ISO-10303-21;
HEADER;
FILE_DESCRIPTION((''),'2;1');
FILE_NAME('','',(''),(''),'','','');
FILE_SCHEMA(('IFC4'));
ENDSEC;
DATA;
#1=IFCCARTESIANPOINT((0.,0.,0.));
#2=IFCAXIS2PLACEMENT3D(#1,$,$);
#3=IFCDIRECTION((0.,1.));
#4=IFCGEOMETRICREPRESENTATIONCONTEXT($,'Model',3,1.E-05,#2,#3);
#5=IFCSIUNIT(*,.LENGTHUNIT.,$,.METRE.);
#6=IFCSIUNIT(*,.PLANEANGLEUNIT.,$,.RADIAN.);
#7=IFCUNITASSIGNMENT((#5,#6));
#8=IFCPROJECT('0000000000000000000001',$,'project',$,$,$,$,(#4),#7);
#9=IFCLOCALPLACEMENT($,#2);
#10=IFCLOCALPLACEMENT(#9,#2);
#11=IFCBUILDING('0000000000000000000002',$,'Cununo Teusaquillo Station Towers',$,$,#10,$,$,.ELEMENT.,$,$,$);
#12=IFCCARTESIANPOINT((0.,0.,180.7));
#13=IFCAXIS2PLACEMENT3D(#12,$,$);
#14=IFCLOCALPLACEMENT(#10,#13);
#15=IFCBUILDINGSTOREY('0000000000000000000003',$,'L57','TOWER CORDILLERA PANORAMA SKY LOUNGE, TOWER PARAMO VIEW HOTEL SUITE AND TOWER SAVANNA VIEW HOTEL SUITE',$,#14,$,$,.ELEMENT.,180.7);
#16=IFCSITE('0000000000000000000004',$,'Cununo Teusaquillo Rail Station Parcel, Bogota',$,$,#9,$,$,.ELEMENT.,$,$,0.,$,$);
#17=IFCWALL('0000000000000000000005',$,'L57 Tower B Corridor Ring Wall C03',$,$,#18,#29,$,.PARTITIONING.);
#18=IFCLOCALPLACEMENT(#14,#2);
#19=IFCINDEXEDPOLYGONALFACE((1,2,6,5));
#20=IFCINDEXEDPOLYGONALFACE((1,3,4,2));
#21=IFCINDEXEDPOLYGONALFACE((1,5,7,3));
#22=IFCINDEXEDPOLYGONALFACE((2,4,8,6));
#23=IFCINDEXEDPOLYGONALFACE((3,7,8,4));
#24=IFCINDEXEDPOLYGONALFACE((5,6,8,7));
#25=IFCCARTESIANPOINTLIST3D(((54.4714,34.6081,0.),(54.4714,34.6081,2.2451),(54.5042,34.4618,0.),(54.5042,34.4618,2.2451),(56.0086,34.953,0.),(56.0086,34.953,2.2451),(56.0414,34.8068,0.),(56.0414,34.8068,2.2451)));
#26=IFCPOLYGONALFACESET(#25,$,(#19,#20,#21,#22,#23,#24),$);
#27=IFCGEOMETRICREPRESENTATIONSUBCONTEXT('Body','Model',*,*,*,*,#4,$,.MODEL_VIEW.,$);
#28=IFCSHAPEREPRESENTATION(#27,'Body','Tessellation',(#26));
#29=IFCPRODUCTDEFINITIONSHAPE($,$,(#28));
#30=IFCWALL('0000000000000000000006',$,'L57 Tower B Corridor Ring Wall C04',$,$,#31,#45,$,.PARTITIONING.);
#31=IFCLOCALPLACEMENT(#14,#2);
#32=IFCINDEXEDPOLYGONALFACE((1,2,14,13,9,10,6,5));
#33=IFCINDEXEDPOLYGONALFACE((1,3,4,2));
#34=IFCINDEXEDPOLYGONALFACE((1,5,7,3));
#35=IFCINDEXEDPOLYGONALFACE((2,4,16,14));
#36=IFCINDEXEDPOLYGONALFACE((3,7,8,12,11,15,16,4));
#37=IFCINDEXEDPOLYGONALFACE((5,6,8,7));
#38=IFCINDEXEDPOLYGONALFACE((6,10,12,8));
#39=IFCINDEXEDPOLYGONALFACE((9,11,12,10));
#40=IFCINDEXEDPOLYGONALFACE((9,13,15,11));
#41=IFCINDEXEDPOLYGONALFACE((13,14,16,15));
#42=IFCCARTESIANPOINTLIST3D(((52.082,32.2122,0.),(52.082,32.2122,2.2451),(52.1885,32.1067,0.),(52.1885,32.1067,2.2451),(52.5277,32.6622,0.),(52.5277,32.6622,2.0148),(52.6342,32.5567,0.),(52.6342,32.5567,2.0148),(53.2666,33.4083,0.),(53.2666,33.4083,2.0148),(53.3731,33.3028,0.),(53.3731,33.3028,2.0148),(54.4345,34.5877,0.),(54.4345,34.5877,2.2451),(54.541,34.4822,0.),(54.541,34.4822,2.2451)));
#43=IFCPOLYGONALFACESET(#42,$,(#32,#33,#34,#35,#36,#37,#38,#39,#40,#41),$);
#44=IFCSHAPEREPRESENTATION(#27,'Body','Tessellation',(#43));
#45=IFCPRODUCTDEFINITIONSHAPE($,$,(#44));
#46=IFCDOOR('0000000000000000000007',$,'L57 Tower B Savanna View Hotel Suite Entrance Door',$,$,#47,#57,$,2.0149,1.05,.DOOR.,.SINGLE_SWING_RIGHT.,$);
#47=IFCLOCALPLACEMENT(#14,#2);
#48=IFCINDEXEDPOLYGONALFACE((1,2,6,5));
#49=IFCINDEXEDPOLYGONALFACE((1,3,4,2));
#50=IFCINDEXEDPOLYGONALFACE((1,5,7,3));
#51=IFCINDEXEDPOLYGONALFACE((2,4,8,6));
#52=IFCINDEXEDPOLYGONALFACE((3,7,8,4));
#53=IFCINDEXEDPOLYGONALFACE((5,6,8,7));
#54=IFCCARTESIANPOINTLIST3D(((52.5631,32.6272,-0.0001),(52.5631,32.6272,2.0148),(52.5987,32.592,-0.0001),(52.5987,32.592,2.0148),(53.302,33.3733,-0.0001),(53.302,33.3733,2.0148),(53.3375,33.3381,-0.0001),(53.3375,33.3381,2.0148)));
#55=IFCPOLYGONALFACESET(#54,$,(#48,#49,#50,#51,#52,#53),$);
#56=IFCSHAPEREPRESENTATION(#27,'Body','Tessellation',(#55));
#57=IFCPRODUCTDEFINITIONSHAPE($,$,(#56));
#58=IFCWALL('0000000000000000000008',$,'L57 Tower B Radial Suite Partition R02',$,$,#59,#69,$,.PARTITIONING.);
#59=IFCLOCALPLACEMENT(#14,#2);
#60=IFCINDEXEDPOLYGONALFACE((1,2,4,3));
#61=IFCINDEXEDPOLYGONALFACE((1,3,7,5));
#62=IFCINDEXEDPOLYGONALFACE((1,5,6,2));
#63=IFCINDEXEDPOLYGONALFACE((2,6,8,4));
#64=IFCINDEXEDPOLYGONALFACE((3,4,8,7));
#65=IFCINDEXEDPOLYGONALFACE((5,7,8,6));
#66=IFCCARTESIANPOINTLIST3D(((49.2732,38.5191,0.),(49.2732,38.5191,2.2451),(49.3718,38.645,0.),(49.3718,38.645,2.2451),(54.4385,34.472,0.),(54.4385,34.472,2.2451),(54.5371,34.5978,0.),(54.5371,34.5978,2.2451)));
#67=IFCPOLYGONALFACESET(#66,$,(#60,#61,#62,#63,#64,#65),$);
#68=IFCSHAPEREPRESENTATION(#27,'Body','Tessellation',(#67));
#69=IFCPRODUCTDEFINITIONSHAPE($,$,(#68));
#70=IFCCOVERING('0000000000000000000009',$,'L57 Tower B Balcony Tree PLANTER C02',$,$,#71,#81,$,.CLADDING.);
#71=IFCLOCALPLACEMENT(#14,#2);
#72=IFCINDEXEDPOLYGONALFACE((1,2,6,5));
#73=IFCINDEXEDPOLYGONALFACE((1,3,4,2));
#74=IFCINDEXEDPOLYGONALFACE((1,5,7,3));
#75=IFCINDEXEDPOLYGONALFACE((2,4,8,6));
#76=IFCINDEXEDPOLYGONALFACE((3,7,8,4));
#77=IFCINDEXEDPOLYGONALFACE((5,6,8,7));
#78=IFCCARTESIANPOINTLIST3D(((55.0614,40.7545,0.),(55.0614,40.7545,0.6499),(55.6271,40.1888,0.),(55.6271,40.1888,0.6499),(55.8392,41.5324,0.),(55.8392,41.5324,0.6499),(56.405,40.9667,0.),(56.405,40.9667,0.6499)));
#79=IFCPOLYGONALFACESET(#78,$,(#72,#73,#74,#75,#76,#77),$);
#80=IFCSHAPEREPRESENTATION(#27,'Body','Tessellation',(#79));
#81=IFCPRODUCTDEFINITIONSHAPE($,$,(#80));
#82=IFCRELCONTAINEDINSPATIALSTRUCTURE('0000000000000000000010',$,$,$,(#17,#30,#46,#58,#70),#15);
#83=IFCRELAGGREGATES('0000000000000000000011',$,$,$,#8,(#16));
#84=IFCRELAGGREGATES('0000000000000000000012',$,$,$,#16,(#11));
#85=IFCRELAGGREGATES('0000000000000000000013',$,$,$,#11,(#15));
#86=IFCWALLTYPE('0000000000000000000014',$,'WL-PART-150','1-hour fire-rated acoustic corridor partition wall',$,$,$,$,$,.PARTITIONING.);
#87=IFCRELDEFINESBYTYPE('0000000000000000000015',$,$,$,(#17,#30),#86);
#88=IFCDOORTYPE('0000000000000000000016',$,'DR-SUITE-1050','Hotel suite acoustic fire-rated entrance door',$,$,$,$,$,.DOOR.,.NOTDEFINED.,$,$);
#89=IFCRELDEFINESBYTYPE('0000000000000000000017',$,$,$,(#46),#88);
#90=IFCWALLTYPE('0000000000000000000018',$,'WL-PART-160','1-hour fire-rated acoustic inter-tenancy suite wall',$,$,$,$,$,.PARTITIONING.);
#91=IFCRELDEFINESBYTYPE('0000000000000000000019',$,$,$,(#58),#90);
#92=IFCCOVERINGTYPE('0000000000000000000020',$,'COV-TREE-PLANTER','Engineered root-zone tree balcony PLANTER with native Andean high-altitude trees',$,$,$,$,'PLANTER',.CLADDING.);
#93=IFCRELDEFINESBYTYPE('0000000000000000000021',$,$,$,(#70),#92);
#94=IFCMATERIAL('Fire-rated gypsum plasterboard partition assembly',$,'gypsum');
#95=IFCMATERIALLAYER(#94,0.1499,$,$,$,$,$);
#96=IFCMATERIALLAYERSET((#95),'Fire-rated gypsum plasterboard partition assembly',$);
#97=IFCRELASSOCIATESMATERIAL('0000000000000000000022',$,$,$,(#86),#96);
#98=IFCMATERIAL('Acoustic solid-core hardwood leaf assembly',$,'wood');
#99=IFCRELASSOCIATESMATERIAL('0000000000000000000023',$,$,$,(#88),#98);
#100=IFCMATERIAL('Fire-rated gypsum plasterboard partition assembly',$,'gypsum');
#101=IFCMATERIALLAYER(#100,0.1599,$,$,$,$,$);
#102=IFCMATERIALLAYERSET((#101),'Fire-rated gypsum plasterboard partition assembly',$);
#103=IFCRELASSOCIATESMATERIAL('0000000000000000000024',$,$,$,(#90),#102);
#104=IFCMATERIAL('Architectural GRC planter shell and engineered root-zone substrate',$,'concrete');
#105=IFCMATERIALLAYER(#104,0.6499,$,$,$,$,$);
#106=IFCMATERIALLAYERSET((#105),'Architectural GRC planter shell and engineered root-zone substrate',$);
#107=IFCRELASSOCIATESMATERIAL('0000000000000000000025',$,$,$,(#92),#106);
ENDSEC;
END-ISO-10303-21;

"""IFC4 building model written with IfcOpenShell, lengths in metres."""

from ifc_helpers import new_model, si_unit, direction, frame, frame_2d, origin, origin_2d, place, context, subcontext, project, spatial, rectangle, extrude, source, transform, mapped, material, layer, layer_set, type_object, element, fill, save


model = new_model("IFC4")

# Units and contexts
model_context = context("Model", 3, precision=1e-05, world=origin(), true_north=direction((0.0, 1.0)))
body_context = subcontext(model_context, "Body", "Model", "MODEL_VIEW")
ifc_project = project(units=[si_unit("LENGTHUNIT", "METRE"), si_unit("PLANEANGLEUNIT", "RADIAN")], contexts=[model_context])

# Site, building, storey
site_placement = place(None, origin())
site = spatial("IfcSite", under=ifc_project, at=site_placement, Name="Cununo Teusaquillo Rail Station Parcel, Bogota", CompositionType="ELEMENT", RefElevation=0.0)
building_placement = place(site_placement, origin())
building = spatial("IfcBuilding", under=site, at=building_placement, Name="Cununo Teusaquillo Station Towers", CompositionType="ELEMENT")
storey_placement = place(building_placement, frame((0.0, 0.0, 180.7)))
storey = spatial("IfcBuildingStorey", under=building, at=storey_placement, Name="L57", Description="TOWER CORDILLERA PANORAMA SKY LOUNGE, TOWER PARAMO VIEW HOTEL SUITE AND TOWER SAVANNA VIEW HOTEL SUITE", CompositionType="ELEMENT", Elevation=180.7)

# Wall
ifc_material_1 = material(Name="Fire-rated gypsum plasterboard partition assembly", Category="gypsum")
ifc_layer_1 = layer(ifc_material_1, 0.1499)
ifc_layer_set_1 = layer_set([ifc_layer_1], Name="Fire-rated gypsum plasterboard partition assembly")
wall_type_1 = type_object("IfcWallType", Name="WL-PART-150", Description="1-hour fire-rated acoustic corridor partition wall", PredefinedType="PARTITIONING", material=ifc_layer_set_1)
wall_1_placement = place(storey_placement, frame((56.0249, 34.8799, 0.0), z_axis=(0.0, 0.0, 1.0), x_axis=(-0.975729, -0.218981, 0.0)))
element("IfcWall", 1, at=wall_1_placement, inside=storey, type_object=wall_type_1, Name="L57 Tower B Corridor Ring Wall C03", PredefinedType="PARTITIONING", context=body_context, shape_type="SweptSolid", body=[
    extrude(rectangle(XDim=1.5754, YDim=0.1499, at=frame_2d((0.7876, 0.0))), origin(), (0.0, 0.0, 1.0), 2.2451),
])

# Wall, opening, door
wall_2_placement = place(storey_placement, frame((54.4878, 34.5349, 0.0), z_axis=(0.0, 0.0, 1.0), x_axis=(-0.703666, -0.710531, 0.0)))
wall_2 = element("IfcWall", 2, at=wall_2_placement, inside=storey, type_object=wall_type_1, Name="L57 Tower B Corridor Ring Wall C04", PredefinedType="PARTITIONING", context=body_context, shape_type="SweptSolid", body=[
    extrude(rectangle(XDim=3.3433, YDim=0.1499, at=frame_2d((1.6716, 0.0))), origin(), (0.0, 0.0, 1.0), 2.2451),
])
shared_shape_1 = source(origin(), body_context, "Body", "SweptSolid", [
    extrude(rectangle(XDim=1.05, YDim=2.0149, at=frame_2d((0.5249, 1.0073))), frame((0.0, 0.085, 0.0), z_axis=(0.0, -1.0, 0.0), x_axis=(1.0, 0.0, 0.0)), (0.0, 0.0, 1.0), 0.1699),
])
opening_1_placement = place(wall_2_placement, frame((1.6599, 0.0, 0.0)))
opening_1 = element("IfcOpeningElement", 3, at=opening_1_placement, cuts=wall_2, PredefinedType="OPENING", context=body_context, shape_type="MappedRepresentation", body=[
    mapped(shared_shape_1, transform((0.0, 0.0, 0.0), x_axis=(1.0, 0.0, 0.0), y_axis=(0.0, 1.0, 0.0), z_axis=(0.0, 0.0, 1.0), scale=1.0)),
])
ifc_material_2 = material(Name="Acoustic solid-core hardwood leaf assembly", Category="wood")
door_type_1 = type_object("IfcDoorType", Name="DR-SUITE-1050", Description="Hotel suite acoustic fire-rated entrance door", OperationType="NOTDEFINED", PredefinedType="DOOR", material=ifc_material_2)
shared_shape_2 = source(origin(), body_context, "Body", "SweptSolid", [
    extrude(rectangle(XDim=1.05, YDim=2.0149, at=frame_2d((0.5249, 1.0073))), frame((0.0, 0.0249, 0.0), z_axis=(0.0, -1.0, 0.0), x_axis=(1.0, 0.0, 0.0)), (0.0, 0.0, 1.0), 0.05),
])
door_1_placement = place(opening_1_placement, origin())
door_1 = element("IfcDoor", 4, at=door_1_placement, inside=storey, type_object=door_type_1, Name="L57 Tower B Savanna View Hotel Suite Entrance Door", OperationType="SINGLE_SWING_RIGHT", OverallHeight=2.0149, OverallWidth=1.05, PredefinedType="DOOR", context=body_context, shape_type="MappedRepresentation", body=[
    mapped(shared_shape_2, transform((0.0, 0.0, 0.0), x_axis=(1.0, 0.0, 0.0), y_axis=(0.0, 1.0, 0.0), z_axis=(0.0, 0.0, 1.0), scale=1.0)),
])
fill(opening_1, door_1)

# Wall
ifc_material_3 = material(Name="Fire-rated gypsum plasterboard partition assembly", Category="gypsum")
ifc_layer_2 = layer(ifc_material_3, 0.1599)
ifc_layer_set_2 = layer_set([ifc_layer_2], Name="Fire-rated gypsum plasterboard partition assembly")
wall_type_2 = type_object("IfcWallType", Name="WL-PART-160", Description="1-hour fire-rated acoustic inter-tenancy suite wall", PredefinedType="PARTITIONING", material=ifc_layer_set_2)
wall_3_placement = place(storey_placement, frame((54.4878, 34.5349, 0.0), z_axis=(0.0, 0.0, 1.0), x_axis=(-0.787156, 0.616755, 0.0)))
element("IfcWall", 5, at=wall_3_placement, inside=storey, type_object=wall_type_2, Name="L57 Tower B Radial Suite Partition R02", PredefinedType="PARTITIONING", context=body_context, shape_type="SweptSolid", body=[
    extrude(rectangle(XDim=6.562, YDim=0.1599, at=frame_2d((3.281, 0.0))), origin(), (0.0, 0.0, 1.0), 2.2451),
])

# Covering
ifc_material_4 = material(Name="Architectural GRC planter shell and engineered root-zone substrate", Category="concrete")
ifc_layer_3 = layer(ifc_material_4, 0.6499)
ifc_layer_set_3 = layer_set([ifc_layer_3], Name="Architectural GRC planter shell and engineered root-zone substrate")
covering_type = type_object("IfcCoveringType", Name="COV-TREE-PLANTER", Description="Engineered root-zone tree balcony PLANTER with native Andean high-altitude trees", ElementType="PLANTER", PredefinedType="CLADDING", material=ifc_layer_set_3)
shared_shape_3 = source(origin(), body_context, "Body", "SweptSolid", [
    extrude(rectangle(XDim=1.1001, YDim=0.8, at=origin_2d()), origin(), (0.0, 0.0, 1.0), 0.6499),
])
covering_placement = place(storey_placement, frame((55.7332, 40.8606, 0.0), z_axis=(0.0, 0.0, 1.0), x_axis=(0.707107, 0.707107, 0.0)))
element("IfcCovering", 6, at=covering_placement, inside=storey, type_object=covering_type, Name="L57 Tower B Balcony Tree PLANTER C02", PredefinedType="CLADDING", context=body_context, shape_type="MappedRepresentation", body=[
    mapped(shared_shape_3, transform((0.0, 0.0, 0.0), x_axis=(1.0, 0.0, 0.0), y_axis=(0.0, 1.0, 0.0), z_axis=(0.0, 0.0, 1.0), scale=1.0)),
])

save(model, "model.ifc")
